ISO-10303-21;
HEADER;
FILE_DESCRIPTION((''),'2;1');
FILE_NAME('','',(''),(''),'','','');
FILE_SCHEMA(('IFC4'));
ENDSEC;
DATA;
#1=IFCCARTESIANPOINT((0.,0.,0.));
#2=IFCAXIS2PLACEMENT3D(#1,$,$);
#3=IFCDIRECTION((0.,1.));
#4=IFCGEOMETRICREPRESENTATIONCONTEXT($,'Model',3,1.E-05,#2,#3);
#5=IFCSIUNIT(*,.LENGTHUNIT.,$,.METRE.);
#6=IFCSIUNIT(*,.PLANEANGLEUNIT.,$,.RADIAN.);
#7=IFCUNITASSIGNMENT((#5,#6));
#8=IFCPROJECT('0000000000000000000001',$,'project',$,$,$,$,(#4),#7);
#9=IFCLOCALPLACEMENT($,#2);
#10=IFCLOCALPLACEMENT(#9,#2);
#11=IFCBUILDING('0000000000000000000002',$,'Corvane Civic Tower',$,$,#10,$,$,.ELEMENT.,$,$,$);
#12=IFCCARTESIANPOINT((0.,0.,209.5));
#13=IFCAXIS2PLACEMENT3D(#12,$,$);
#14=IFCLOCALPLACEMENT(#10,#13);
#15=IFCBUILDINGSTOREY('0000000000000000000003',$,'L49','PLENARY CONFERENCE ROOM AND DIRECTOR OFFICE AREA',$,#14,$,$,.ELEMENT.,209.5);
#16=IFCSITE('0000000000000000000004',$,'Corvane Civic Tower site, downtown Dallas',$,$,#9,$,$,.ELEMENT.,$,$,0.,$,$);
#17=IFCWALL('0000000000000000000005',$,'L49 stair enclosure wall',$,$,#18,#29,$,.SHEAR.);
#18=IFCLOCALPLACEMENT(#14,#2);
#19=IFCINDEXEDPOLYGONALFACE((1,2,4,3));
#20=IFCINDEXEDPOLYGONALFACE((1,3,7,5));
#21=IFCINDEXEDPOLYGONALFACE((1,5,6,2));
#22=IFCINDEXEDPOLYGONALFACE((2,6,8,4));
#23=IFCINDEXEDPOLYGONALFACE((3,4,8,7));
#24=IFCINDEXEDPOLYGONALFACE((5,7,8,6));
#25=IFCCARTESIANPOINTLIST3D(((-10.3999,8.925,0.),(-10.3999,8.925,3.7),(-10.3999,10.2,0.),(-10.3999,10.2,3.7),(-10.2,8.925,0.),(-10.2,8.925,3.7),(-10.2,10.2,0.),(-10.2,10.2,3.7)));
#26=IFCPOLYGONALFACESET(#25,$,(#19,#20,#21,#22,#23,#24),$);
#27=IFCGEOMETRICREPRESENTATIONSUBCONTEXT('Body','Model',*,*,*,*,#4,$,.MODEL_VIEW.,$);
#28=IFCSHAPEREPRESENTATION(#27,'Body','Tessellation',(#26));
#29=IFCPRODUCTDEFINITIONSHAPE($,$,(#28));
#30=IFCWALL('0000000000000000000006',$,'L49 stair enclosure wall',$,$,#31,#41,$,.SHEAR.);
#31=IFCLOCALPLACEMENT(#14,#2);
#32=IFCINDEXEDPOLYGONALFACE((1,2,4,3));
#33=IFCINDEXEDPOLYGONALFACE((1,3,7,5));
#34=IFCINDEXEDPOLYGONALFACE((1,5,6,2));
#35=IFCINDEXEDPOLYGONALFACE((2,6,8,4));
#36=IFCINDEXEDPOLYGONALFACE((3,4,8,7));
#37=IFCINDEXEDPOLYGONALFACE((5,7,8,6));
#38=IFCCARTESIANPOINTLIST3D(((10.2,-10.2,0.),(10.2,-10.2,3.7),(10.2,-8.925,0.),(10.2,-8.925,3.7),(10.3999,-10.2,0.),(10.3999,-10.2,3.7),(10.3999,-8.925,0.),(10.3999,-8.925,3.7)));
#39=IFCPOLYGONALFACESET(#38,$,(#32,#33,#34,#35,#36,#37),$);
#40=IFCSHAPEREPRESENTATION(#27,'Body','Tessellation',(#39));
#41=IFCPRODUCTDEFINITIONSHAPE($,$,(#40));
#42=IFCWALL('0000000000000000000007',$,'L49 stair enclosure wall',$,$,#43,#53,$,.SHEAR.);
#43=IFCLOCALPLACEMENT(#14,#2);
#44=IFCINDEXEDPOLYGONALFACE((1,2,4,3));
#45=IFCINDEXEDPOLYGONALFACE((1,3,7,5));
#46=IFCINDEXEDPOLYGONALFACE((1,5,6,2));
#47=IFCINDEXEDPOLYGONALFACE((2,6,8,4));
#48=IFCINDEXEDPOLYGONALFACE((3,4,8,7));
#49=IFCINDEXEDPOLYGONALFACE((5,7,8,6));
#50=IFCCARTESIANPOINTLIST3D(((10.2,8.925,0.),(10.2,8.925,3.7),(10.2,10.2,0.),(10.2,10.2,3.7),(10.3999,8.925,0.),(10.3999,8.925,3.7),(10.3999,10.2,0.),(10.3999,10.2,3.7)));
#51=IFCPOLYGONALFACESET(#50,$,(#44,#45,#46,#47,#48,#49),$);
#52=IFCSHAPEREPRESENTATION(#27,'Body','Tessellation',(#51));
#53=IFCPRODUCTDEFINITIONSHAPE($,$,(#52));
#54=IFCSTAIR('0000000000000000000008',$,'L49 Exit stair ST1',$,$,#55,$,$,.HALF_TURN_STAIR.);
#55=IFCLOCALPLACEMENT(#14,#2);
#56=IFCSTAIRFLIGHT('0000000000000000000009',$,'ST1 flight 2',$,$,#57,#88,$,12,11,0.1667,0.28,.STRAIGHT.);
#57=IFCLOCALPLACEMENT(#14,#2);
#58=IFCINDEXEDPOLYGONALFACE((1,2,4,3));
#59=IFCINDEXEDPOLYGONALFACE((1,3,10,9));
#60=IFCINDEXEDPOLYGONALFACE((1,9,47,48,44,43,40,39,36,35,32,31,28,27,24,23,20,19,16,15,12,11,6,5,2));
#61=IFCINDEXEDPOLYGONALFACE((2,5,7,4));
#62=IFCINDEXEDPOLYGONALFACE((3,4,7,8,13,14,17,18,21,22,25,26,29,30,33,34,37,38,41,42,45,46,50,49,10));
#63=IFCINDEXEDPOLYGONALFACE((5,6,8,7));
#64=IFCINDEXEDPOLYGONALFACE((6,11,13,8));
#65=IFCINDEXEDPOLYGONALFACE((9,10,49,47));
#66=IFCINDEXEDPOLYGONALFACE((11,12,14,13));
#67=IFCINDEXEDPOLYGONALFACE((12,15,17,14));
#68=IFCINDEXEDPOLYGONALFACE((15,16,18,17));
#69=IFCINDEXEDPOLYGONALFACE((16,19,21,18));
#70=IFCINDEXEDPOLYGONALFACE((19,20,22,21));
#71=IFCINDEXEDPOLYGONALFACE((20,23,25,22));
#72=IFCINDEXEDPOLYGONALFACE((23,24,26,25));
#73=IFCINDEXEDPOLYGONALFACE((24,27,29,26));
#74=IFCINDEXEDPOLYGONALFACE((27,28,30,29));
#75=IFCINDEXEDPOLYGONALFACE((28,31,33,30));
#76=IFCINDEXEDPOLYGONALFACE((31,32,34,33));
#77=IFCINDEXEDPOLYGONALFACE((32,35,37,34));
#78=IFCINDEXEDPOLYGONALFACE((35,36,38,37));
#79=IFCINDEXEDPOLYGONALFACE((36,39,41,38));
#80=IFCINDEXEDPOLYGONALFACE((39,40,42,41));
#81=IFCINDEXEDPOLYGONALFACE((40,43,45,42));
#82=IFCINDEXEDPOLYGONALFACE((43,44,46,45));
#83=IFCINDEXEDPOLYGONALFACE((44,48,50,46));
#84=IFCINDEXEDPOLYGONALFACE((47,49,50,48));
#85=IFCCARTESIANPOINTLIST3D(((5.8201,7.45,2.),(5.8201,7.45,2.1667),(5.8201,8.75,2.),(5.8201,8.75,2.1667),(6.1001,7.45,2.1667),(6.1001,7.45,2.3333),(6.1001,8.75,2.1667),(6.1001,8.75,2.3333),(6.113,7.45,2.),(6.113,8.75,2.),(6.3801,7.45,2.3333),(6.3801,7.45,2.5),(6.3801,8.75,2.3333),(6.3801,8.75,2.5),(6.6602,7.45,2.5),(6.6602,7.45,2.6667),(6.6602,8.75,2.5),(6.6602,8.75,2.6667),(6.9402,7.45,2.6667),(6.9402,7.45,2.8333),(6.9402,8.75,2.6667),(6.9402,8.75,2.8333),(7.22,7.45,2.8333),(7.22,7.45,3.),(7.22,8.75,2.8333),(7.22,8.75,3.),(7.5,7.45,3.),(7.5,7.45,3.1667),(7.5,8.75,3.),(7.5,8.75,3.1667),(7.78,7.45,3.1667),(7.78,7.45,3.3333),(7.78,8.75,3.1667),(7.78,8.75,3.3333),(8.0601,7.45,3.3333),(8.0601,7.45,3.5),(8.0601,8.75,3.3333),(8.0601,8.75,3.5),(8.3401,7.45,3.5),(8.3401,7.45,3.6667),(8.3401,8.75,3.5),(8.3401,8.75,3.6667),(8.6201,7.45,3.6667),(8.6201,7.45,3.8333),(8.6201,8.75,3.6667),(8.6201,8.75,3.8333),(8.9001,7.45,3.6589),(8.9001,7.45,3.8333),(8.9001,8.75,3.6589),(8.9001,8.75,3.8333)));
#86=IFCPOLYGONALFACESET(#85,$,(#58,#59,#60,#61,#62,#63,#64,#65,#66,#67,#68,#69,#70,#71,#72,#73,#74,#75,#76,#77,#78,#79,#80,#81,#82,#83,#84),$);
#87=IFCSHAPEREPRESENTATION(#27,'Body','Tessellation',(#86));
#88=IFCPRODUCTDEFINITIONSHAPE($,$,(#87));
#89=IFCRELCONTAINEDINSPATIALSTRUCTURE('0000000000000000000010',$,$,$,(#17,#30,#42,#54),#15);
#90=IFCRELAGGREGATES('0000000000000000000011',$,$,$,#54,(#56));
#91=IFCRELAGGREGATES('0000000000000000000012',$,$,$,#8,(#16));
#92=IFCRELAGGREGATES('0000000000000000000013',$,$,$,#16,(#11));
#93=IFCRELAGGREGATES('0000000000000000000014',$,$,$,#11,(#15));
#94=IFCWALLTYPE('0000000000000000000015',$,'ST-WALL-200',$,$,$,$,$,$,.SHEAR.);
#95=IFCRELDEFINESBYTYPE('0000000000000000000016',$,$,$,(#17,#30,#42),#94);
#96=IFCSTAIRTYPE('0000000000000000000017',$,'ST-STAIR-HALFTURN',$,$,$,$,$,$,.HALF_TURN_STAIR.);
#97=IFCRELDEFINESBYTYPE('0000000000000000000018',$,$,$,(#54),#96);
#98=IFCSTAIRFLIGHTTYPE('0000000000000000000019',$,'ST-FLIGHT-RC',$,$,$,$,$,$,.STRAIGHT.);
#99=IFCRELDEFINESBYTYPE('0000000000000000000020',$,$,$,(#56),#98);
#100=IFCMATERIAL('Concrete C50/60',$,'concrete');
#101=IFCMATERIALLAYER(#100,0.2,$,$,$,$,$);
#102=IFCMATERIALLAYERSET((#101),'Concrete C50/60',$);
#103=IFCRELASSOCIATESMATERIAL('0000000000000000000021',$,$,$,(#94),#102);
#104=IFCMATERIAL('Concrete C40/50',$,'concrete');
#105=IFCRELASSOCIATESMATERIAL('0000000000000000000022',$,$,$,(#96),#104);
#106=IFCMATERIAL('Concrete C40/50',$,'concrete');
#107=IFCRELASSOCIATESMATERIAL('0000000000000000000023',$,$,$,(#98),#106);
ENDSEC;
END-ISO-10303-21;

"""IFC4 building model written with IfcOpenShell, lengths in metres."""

from ifc_helpers import new_model, si_unit, direction, frame, origin, place, context, subcontext, project, spatial, polyline, outline, extrude, material, layer, layer_set, type_object, element, aggregate, save


model = new_model("IFC4")

# Units and contexts
model_context = context("Model", 3, precision=1e-05, world=origin(), true_north=direction((0.0, 1.0)))
body_context = subcontext(model_context, "Body", "Model", "MODEL_VIEW")
ifc_project = project(units=[si_unit("LENGTHUNIT", "METRE"), si_unit("PLANEANGLEUNIT", "RADIAN")], contexts=[model_context])

# Site, building, storey
site_placement = place(None, origin())
site = spatial("IfcSite", under=ifc_project, at=site_placement, Name="Corvane Civic Tower site, downtown Dallas", CompositionType="ELEMENT", RefElevation=0.0)
building_placement = place(site_placement, origin())
building = spatial("IfcBuilding", under=site, at=building_placement, Name="Corvane Civic Tower", CompositionType="ELEMENT")
storey_placement = place(building_placement, frame((0.0, 0.0, 209.5)))
storey = spatial("IfcBuildingStorey", under=building, at=storey_placement, Name="L49", Description="PLENARY CONFERENCE ROOM AND DIRECTOR OFFICE AREA", CompositionType="ELEMENT", Elevation=209.5)

# Shared definitions
ifc_material_1 = material(Name="Concrete C50/60", Category="concrete")
ifc_layer_1 = layer(ifc_material_1, 0.2)
ifc_layer_set_1 = layer_set([ifc_layer_1], Name="Concrete C50/60")
wall_type_1 = type_object("IfcWallType", Name="ST-WALL-200", PredefinedType="SHEAR", material=ifc_layer_set_1)

# Walls
wall_1_placement = place(storey_placement, origin())
element("IfcWall", 1, at=wall_1_placement, inside=storey, type_object=wall_type_1, Name="L49 stair enclosure wall", PredefinedType="SHEAR", context=body_context, shape_type="SweptSolid", body=[
    extrude(outline(polyline([(-10.2, 8.925), (-10.3999, 8.925), (-10.3999, 10.2), (-10.2, 10.2), (-10.2, 8.925)])), origin(), (0.0, 0.0, 1.0), 3.7),
])
wall_2_placement = place(storey_placement, origin())
element("IfcWall", 2, at=wall_2_placement, inside=storey, type_object=wall_type_1, Name="L49 stair enclosure wall", PredefinedType="SHEAR", context=body_context, shape_type="SweptSolid", body=[
    extrude(outline(polyline([(10.3999, -8.925), (10.3999, -10.2), (10.2, -10.2), (10.2, -8.925), (10.3999, -8.925)])), origin(), (0.0, 0.0, 1.0), 3.7),
])
wall_3_placement = place(storey_placement, origin())
element("IfcWall", 3, at=wall_3_placement, inside=storey, type_object=wall_type_1, Name="L49 stair enclosure wall", PredefinedType="SHEAR", context=body_context, shape_type="SweptSolid", body=[
    extrude(outline(polyline([(10.3999, 8.925), (10.2, 8.925), (10.2, 10.2), (10.3999, 10.2), (10.3999, 8.925)])), origin(), (0.0, 0.0, 1.0), 3.7),
])

# Stair, stair flight
ifc_material_2 = material(Name="Concrete C40/50", Category="concrete")
stair_type = type_object("IfcStairType", Name="ST-STAIR-HALFTURN", PredefinedType="HALF_TURN_STAIR", material=ifc_material_2)
stair_placement = place(storey_placement, origin())
stair = element("IfcStair", 4, at=stair_placement, inside=storey, type_object=stair_type, Name="L49 Exit stair ST1", PredefinedType="HALF_TURN_STAIR")
ifc_material_3 = material(Name="Concrete C40/50", Category="concrete")
stair_flight_type = type_object("IfcStairFlightType", Name="ST-FLIGHT-RC", PredefinedType="STRAIGHT", material=ifc_material_3)
stair_flight_placement = place(storey_placement, frame((5.8201, 8.1001, 2.0), z_axis=(0.0, 0.0, 1.0), x_axis=(1.0, 0.0, 0.0)))
stair_flight = element("IfcStairFlight", 5, at=stair_flight_placement, type_object=stair_flight_type, Name="ST1 flight 2", NumberOfRisers=12, NumberOfTreads=11, PredefinedType="STRAIGHT", RiserHeight=0.1667, TreadLength=0.28, context=body_context, shape_type="SweptSolid", body=[
    extrude(outline(polyline([(0.0, 0.0), (0.0, 0.1667), (0.28, 0.1667), (0.28, 0.3333), (0.5601, 0.3333), (0.5601, 0.5), (0.8401, 0.5), (0.8401, 0.6667), (1.1201, 0.6667), (1.1201, 0.8333), (1.3999, 0.8333), (1.3999, 1.0), (1.6799, 1.0), (1.6799, 1.1667), (1.96, 1.1667), (1.96, 1.3333), (2.24, 1.3333), (2.24, 1.5), (2.52, 1.5), (2.52, 1.6667), (2.8, 1.6667), (2.8, 1.8333), (3.0801, 1.8333), (3.0801, 2.0), (3.0801, 1.6589), (0.293, 0.0), (0.0, 0.0)])), frame((0.0, 0.6499, 0.0), z_axis=(0.0, -1.0, 0.0), x_axis=(1.0, 0.0, 0.0)), (0.0, 0.0, 1.0), 1.3),
])
aggregate(stair, [stair_flight])

save(model, "model.ifc")
